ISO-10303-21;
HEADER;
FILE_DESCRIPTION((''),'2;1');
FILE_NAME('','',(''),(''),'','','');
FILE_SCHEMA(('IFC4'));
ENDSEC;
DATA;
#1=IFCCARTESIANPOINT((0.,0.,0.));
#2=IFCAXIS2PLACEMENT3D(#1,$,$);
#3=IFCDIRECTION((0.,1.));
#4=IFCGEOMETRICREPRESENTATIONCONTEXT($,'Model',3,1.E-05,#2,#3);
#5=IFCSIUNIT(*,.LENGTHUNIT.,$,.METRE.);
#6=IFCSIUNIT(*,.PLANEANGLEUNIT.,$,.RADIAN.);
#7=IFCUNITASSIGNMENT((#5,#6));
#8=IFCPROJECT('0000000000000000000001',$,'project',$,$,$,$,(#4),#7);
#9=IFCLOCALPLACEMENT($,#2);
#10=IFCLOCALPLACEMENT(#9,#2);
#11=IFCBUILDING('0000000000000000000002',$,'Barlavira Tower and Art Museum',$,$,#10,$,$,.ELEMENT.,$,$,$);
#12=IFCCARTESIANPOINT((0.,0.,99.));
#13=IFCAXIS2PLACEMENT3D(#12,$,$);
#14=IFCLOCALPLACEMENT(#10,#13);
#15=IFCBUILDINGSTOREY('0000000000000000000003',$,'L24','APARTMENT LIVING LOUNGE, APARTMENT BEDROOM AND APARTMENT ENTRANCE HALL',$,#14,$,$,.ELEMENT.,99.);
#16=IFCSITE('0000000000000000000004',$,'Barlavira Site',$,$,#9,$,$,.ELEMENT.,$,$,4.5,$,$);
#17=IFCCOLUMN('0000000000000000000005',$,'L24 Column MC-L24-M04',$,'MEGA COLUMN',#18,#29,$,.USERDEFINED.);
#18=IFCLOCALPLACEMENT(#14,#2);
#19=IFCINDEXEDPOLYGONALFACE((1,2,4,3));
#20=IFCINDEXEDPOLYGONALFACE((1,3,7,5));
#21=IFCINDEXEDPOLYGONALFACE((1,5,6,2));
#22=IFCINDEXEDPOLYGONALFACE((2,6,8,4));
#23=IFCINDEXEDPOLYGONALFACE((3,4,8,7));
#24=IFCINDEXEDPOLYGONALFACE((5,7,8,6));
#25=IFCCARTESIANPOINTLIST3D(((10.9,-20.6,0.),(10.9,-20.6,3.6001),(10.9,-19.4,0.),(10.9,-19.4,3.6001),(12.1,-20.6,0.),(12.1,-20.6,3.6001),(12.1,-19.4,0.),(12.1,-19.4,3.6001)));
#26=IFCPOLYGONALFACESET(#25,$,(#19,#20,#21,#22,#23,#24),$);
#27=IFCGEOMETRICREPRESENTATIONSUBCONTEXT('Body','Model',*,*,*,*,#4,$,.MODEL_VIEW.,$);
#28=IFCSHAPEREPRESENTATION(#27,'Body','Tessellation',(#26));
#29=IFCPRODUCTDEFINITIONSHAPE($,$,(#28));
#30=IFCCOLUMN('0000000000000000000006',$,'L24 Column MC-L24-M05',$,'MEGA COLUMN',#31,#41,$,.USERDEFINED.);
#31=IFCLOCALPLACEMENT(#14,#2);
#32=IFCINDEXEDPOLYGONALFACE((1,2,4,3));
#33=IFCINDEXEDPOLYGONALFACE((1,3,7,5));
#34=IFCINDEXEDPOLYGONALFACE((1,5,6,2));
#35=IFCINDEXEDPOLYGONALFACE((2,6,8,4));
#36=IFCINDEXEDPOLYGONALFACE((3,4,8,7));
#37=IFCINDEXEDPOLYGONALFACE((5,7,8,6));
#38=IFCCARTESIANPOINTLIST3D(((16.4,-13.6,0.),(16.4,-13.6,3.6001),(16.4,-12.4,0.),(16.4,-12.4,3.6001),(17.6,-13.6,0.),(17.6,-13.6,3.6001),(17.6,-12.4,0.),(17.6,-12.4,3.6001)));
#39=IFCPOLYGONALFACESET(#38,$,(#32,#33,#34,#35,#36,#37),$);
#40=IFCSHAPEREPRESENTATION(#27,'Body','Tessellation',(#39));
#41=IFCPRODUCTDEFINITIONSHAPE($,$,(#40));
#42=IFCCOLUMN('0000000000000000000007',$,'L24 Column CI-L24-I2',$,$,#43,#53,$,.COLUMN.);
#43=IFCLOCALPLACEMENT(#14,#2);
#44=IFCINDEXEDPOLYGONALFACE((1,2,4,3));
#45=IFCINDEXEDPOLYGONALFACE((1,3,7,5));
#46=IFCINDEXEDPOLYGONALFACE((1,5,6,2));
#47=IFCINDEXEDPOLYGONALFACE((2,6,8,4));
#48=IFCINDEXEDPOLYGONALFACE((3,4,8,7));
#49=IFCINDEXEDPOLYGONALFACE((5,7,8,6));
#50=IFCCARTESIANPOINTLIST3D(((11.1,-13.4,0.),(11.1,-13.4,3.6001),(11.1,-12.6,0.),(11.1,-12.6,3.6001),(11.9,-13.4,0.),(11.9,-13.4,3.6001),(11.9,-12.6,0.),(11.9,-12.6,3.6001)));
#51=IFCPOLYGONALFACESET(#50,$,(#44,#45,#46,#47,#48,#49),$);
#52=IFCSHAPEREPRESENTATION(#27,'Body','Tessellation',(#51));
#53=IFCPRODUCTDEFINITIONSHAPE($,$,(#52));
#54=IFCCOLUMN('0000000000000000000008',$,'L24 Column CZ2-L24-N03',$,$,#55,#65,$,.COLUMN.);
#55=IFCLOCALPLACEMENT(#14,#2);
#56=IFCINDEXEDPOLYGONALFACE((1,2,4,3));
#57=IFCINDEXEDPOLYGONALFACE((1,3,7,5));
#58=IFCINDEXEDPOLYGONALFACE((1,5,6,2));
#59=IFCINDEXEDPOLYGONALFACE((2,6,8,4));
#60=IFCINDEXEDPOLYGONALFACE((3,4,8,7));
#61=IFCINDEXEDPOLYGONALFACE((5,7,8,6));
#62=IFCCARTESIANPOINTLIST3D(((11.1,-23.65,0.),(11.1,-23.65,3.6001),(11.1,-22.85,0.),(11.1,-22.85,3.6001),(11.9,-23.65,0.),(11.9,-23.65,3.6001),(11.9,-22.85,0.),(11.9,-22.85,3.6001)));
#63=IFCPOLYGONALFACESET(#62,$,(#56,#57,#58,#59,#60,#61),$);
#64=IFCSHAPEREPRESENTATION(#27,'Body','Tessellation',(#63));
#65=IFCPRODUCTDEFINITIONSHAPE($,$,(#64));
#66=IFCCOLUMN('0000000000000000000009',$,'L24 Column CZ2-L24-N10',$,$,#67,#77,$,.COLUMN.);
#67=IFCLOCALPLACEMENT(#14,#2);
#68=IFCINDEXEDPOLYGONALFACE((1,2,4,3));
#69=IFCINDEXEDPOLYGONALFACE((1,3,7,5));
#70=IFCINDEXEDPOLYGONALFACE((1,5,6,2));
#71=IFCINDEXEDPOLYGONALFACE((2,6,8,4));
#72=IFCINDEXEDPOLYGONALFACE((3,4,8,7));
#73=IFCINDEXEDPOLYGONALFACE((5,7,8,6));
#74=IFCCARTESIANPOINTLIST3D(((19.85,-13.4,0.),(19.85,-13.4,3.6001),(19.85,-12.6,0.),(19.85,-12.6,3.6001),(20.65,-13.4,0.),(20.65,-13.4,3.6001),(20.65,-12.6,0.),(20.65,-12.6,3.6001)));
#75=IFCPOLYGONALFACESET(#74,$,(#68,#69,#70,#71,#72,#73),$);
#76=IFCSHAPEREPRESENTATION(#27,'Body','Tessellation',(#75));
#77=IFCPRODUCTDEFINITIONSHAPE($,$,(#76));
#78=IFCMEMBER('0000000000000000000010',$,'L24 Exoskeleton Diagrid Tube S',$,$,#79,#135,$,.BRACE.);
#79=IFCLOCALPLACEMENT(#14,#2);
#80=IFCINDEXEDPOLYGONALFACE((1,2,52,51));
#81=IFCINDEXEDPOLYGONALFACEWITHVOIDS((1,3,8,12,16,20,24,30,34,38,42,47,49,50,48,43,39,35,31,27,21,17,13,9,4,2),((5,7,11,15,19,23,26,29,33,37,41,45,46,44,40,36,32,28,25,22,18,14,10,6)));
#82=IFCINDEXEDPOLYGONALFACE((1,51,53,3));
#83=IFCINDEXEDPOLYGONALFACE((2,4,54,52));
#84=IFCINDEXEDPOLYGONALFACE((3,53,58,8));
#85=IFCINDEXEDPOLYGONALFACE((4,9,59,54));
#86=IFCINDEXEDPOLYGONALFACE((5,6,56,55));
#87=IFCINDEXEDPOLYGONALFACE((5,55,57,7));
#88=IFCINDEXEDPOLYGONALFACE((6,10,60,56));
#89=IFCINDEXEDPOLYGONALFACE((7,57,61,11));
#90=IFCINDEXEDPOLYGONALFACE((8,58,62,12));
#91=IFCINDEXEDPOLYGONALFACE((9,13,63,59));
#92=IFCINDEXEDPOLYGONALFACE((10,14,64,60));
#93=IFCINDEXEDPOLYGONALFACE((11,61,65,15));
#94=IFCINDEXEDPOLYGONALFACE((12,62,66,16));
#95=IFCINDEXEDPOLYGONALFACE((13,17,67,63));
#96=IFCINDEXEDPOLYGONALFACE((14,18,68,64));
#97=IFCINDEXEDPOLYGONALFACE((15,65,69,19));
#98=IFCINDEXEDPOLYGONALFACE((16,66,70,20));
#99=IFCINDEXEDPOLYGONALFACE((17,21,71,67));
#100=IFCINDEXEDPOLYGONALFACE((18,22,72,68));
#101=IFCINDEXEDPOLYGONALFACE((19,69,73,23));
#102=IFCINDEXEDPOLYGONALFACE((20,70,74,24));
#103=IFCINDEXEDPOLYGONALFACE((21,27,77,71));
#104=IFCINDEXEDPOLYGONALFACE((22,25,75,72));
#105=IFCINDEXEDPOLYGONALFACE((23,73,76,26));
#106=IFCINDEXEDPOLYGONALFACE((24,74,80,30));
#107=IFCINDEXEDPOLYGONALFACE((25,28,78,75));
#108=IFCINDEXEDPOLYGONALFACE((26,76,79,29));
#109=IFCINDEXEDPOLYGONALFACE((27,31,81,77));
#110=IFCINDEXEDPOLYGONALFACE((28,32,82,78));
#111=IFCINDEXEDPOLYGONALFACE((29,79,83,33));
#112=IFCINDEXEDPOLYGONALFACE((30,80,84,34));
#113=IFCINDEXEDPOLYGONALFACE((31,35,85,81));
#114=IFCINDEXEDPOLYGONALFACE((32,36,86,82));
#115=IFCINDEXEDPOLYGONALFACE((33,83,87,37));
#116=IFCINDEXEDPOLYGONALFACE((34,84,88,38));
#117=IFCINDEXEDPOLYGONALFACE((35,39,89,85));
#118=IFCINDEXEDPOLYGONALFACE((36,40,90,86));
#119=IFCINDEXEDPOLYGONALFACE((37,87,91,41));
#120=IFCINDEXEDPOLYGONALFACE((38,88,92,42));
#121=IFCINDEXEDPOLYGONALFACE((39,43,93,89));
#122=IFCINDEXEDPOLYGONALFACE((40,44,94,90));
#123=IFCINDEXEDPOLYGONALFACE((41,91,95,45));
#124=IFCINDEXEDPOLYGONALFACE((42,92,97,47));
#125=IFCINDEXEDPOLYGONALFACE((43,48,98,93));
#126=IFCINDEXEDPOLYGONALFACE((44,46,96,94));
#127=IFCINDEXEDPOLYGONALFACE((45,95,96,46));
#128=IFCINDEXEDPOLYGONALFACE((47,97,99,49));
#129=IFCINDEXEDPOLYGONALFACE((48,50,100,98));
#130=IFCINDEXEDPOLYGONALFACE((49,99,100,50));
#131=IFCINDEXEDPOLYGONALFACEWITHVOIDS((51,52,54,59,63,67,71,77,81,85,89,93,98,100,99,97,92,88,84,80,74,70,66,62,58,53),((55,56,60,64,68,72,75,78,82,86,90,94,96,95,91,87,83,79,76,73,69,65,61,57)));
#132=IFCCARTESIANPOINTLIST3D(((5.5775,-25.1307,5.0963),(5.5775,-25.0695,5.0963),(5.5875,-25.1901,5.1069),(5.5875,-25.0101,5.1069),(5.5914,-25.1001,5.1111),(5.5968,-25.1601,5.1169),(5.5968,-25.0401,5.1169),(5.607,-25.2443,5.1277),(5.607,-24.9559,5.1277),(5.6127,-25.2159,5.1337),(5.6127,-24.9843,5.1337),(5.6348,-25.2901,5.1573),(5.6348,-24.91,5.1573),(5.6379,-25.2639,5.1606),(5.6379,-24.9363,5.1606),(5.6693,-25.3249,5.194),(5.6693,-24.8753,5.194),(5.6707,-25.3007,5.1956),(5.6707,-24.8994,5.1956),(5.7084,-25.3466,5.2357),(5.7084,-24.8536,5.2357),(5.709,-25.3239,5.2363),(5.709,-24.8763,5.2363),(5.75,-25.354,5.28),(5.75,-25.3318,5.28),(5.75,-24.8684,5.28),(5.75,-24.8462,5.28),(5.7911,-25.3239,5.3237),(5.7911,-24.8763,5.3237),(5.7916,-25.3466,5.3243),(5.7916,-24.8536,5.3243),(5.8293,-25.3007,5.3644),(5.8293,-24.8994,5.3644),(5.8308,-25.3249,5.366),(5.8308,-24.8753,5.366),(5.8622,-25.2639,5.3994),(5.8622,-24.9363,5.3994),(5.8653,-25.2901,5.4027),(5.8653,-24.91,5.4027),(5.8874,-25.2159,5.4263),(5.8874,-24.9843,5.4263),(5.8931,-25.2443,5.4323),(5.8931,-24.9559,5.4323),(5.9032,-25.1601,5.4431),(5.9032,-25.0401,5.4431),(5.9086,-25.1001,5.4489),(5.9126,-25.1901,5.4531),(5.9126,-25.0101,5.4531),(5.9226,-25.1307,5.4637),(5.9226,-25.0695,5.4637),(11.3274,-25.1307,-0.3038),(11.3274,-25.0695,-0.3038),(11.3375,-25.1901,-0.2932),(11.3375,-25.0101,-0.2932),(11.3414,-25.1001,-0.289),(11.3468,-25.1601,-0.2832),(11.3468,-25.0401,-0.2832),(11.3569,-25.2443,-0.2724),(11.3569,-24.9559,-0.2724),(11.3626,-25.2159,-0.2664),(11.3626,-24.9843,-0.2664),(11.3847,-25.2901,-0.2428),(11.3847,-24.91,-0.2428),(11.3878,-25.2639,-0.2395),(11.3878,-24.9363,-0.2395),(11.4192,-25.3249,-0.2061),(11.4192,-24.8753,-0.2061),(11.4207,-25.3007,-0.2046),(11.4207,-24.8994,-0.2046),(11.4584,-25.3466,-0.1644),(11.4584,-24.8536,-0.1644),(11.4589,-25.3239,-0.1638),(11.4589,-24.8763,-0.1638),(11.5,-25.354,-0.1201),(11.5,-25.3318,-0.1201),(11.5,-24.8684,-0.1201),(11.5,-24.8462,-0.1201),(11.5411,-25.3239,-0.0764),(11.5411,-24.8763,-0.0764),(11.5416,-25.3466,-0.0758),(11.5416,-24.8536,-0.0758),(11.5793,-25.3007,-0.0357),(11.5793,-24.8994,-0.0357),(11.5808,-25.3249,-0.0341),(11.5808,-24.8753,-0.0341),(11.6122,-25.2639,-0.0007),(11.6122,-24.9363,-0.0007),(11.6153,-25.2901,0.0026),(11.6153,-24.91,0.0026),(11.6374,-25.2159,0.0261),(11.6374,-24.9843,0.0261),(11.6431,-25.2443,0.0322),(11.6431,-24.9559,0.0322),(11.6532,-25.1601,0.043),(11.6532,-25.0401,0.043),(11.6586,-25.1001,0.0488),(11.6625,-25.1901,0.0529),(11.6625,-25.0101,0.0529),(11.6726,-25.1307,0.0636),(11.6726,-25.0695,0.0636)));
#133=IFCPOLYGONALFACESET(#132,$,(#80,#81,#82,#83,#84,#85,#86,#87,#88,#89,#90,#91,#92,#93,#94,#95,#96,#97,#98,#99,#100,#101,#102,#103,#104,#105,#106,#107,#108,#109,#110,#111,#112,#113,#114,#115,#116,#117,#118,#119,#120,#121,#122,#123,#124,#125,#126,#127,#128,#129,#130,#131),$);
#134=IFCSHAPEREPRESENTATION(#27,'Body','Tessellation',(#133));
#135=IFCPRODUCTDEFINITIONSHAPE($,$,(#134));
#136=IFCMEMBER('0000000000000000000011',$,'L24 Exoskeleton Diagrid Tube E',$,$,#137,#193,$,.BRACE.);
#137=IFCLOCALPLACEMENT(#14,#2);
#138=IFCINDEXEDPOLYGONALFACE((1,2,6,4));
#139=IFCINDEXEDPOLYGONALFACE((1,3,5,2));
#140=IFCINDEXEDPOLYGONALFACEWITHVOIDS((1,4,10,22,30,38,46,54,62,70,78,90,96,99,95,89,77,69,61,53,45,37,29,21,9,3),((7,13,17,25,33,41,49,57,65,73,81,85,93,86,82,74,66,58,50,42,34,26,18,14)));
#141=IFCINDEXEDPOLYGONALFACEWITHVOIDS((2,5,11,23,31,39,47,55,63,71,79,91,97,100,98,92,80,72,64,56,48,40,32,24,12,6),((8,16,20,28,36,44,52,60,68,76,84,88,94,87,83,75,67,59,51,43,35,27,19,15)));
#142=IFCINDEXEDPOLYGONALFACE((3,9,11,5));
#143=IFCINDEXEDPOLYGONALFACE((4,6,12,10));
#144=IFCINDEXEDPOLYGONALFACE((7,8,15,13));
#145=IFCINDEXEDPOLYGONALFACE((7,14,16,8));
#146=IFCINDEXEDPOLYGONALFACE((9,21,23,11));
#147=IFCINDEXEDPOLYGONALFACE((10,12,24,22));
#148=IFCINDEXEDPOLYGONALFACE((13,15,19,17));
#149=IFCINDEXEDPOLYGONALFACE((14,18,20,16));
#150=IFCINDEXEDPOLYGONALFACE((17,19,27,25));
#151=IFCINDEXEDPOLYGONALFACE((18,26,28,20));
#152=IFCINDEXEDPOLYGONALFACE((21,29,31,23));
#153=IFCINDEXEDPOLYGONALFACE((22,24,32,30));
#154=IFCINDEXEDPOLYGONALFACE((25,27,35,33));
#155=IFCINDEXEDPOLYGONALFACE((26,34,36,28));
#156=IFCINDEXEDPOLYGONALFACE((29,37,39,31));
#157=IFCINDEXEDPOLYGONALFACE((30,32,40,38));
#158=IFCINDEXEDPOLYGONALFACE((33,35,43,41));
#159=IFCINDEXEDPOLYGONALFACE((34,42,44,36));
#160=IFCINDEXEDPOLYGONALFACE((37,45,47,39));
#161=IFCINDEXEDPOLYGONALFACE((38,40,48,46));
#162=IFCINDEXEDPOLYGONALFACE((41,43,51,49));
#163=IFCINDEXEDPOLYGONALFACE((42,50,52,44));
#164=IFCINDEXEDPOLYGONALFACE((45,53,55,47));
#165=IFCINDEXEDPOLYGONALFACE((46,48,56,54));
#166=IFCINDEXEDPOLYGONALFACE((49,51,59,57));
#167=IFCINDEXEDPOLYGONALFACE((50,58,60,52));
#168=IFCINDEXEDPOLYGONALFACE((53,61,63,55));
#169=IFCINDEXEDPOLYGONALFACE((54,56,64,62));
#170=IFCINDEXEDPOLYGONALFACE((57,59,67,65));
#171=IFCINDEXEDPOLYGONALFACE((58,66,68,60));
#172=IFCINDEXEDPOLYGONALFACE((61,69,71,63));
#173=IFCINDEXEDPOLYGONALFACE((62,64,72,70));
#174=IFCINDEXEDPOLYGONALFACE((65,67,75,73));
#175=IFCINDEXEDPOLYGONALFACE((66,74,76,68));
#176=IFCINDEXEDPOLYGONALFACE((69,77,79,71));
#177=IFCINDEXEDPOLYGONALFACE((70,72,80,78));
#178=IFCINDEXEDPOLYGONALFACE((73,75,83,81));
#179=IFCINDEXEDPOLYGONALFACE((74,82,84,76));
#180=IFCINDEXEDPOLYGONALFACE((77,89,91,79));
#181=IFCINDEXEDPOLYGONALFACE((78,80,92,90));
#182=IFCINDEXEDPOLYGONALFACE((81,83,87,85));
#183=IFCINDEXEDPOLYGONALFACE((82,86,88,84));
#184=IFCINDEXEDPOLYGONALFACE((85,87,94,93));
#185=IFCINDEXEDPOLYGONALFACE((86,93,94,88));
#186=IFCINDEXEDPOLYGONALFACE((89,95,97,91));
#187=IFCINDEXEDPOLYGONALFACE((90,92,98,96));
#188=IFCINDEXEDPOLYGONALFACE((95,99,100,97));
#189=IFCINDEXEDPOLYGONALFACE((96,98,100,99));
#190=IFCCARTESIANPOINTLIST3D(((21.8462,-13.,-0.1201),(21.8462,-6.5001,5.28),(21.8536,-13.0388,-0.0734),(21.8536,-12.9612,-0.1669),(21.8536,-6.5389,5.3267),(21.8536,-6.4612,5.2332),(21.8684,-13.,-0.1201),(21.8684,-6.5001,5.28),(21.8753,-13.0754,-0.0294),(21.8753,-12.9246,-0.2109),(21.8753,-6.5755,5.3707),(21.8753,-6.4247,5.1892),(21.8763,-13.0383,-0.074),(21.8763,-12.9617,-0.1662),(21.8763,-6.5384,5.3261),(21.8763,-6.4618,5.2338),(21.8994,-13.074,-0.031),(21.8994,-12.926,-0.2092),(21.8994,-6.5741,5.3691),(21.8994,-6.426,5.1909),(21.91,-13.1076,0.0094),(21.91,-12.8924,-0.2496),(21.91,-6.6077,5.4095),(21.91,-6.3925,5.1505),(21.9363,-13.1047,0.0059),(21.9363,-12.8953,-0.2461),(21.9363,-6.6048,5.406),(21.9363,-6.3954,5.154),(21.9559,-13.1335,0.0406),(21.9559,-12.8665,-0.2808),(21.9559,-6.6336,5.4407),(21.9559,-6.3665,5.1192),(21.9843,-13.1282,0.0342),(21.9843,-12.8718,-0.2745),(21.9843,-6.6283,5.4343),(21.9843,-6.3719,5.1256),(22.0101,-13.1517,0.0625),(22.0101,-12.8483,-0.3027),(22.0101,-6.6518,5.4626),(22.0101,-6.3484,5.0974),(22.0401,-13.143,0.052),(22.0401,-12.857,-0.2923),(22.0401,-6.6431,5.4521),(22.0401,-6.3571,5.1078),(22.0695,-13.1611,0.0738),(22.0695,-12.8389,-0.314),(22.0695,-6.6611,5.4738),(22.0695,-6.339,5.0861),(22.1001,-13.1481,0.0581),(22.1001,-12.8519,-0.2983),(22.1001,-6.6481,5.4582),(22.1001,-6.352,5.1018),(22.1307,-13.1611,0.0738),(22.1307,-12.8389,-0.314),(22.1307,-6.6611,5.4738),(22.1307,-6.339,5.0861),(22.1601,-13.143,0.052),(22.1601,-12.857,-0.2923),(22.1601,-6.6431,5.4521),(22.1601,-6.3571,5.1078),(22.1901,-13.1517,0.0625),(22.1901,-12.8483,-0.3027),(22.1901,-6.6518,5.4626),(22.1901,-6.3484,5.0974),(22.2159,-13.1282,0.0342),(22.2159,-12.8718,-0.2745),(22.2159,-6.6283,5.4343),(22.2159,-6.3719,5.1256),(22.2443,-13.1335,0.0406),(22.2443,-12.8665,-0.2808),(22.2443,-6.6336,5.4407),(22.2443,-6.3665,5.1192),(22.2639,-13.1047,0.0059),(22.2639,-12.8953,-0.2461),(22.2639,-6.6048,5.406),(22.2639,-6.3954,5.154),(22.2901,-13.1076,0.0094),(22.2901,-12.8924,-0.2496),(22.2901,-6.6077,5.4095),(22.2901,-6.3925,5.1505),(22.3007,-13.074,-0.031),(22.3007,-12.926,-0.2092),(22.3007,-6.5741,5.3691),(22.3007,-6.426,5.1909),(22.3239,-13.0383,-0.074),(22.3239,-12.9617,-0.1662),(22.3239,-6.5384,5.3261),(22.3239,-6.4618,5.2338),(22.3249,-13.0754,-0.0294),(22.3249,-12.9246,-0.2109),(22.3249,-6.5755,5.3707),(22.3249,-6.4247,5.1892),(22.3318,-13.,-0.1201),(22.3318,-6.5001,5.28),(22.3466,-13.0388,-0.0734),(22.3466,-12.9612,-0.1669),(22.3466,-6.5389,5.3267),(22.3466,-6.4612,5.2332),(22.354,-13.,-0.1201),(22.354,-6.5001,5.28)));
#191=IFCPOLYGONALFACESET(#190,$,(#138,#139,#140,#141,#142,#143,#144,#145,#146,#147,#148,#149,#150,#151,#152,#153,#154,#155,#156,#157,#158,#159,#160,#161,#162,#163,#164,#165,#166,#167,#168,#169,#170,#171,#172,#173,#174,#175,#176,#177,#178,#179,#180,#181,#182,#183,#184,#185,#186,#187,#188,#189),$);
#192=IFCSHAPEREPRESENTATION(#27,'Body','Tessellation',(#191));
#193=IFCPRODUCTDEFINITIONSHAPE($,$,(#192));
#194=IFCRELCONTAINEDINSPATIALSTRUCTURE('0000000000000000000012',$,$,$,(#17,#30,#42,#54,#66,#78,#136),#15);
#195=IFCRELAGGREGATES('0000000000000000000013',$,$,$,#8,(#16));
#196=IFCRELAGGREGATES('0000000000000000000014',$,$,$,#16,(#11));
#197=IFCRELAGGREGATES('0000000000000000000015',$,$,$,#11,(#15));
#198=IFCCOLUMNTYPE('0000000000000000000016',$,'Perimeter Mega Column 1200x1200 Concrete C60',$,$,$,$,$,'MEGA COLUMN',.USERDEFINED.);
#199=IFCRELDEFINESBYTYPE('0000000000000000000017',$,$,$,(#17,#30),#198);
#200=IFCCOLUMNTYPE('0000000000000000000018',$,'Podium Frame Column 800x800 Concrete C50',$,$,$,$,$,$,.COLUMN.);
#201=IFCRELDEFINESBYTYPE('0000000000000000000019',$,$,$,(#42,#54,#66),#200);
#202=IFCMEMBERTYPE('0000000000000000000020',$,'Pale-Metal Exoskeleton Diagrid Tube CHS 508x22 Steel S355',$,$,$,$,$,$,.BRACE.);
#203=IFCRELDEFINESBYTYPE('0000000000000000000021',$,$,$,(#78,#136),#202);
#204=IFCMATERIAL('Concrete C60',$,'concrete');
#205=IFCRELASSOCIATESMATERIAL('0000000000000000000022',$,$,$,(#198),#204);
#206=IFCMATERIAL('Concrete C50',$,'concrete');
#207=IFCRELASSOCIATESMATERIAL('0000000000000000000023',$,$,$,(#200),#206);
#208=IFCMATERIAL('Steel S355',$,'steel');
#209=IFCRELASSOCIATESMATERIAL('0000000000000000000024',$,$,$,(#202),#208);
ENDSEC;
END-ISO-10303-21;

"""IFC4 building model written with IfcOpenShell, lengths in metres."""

from ifc_helpers import new_model, si_unit, direction, frame, origin, origin_2d, place, context, subcontext, project, spatial, rectangle, hollow_circle, extrude, material, material_profile, profile_set, type_object, element, save


model = new_model("IFC4")

# Units and contexts
model_context = context("Model", 3, precision=1e-05, world=origin(), true_north=direction((0.0, 1.0)))
body_context = subcontext(model_context, "Body", "Model", "MODEL_VIEW")
ifc_project = project(units=[si_unit("LENGTHUNIT", "METRE"), si_unit("PLANEANGLEUNIT", "RADIAN")], contexts=[model_context])

# Site, building, storey
site_placement = place(None, origin())
site = spatial("IfcSite", under=ifc_project, at=site_placement, Name="Barlavira Site", CompositionType="ELEMENT", RefElevation=4.5)
building_placement = place(site_placement, origin())
building = spatial("IfcBuilding", under=site, at=building_placement, Name="Barlavira Tower and Art Museum", CompositionType="ELEMENT")
storey_placement = place(building_placement, frame((0.0, 0.0, 99.0)))
storey = spatial("IfcBuildingStorey", under=building, at=storey_placement, Name="L24", Description="APARTMENT LIVING LOUNGE, APARTMENT BEDROOM AND APARTMENT ENTRANCE HALL", CompositionType="ELEMENT", Elevation=99.0)

# Columns
ifc_material_1 = material(Name="Concrete C60", Category="concrete")
ifc_material_profile_1 = material_profile(ifc_material_1, rectangle(XDim=1.2, YDim=1.2, at=origin_2d()), Name="RC-COL 1200x1200")
ifc_profile_set_1 = profile_set([ifc_material_profile_1], Name="Concrete C60")
column_type_1 = type_object("IfcColumnType", Name="Perimeter Mega Column 1200x1200 Concrete C60", ElementType="MEGA COLUMN", PredefinedType="USERDEFINED", material=ifc_profile_set_1)
for number, where, z_axis, x_axis, name in (
    (1, (11.5, -20.0, 0.0), (0.0, 0.0, 1.0), (1.0, 0.0, 0.0), "L24 Column MC-L24-M04"),
    (2, (17.0, -13.0, 0.0), (0.0, 0.0, 1.0), (1.0, 0.0, 0.0), "L24 Column MC-L24-M05"),
):
    element("IfcColumn", number, at=place(storey_placement, frame(where, z_axis=z_axis, x_axis=x_axis)), inside=storey, type_object=column_type_1, Name=name, ObjectType="MEGA COLUMN", PredefinedType="USERDEFINED", context=body_context, shape_type="SweptSolid", body=[
        extrude(rectangle(XDim=1.2, YDim=1.2, at=origin_2d()), origin(), (0.0, 0.0, 1.0), 3.6001),
    ])
ifc_material_2 = material(Name="Concrete C50", Category="concrete")
ifc_material_profile_2 = material_profile(ifc_material_2, rectangle(XDim=0.8, YDim=0.8, at=origin_2d()), Name="RC-COL 800x800")
ifc_profile_set_2 = profile_set([ifc_material_profile_2], Name="Concrete C50")
column_type_2 = type_object("IfcColumnType", Name="Podium Frame Column 800x800 Concrete C50", PredefinedType="COLUMN", material=ifc_profile_set_2)
for number, where, z_axis, x_axis, name in (
    (3, (11.5, -13.0, 0.0), (0.0, 0.0, 1.0), (1.0, 0.0, 0.0), "L24 Column CI-L24-I2"),
    (4, (11.5, -23.25, 0.0), (0.0, 0.0, 1.0), (1.0, 0.0, 0.0), "L24 Column CZ2-L24-N03"),
    (5, (20.25, -13.0, 0.0), (0.0, 0.0, 1.0), (1.0, 0.0, 0.0), "L24 Column CZ2-L24-N10"),
):
    element("IfcColumn", number, at=place(storey_placement, frame(where, z_axis=z_axis, x_axis=x_axis)), inside=storey, type_object=column_type_2, Name=name, PredefinedType="COLUMN", context=body_context, shape_type="SweptSolid", body=[
        extrude(rectangle(XDim=0.8, YDim=0.8, at=origin_2d()), origin(), (0.0, 0.0, 1.0), 3.6001),
    ])

# Members
ifc_material_3 = material(Name="Steel S355", Category="steel")
ifc_material_profile_3 = material_profile(ifc_material_3, hollow_circle(Radius=0.2539, WallThickness=0.0222, at=origin_2d()), Name="CHS 508.0x22.2")
ifc_profile_set_3 = profile_set([ifc_material_profile_3], Name="Steel S355")
member_type_1 = type_object("IfcMemberType", Name="Pale-Metal Exoskeleton Diagrid Tube CHS 508x22 Steel S355", PredefinedType="BRACE", material=ifc_profile_set_3)
member_1_placement = place(storey_placement, frame((11.5, -25.1001, -0.1201), z_axis=(-0.728935, 0.0, 0.684583), x_axis=(0.0, -1.0, 0.0)))
element("IfcMember", 6, at=member_1_placement, inside=storey, type_object=member_type_1, Name="L24 Exoskeleton Diagrid Tube S", PredefinedType="BRACE", context=body_context, shape_type="SweptSolid", body=[
    extrude(hollow_circle(Radius=0.2539, WallThickness=0.0222, at=origin_2d()), origin(), (0.0, 0.0, 1.0), 7.8882),
])
member_2_placement = place(storey_placement, frame((22.1001, -13.0, -0.1201), z_axis=(0.0, 0.769182, 0.63903), x_axis=(-1.0, 0.0, 0.0)))
element("IfcMember", 7, at=member_2_placement, inside=storey, type_object=member_type_1, Name="L24 Exoskeleton Diagrid Tube E", PredefinedType="BRACE", context=body_context, shape_type="SweptSolid", body=[
    extrude(hollow_circle(Radius=0.2539, WallThickness=0.0222, at=origin_2d()), origin(), (0.0, 0.0, 1.0), 8.4504),
])

save(model, "model.ifc")
